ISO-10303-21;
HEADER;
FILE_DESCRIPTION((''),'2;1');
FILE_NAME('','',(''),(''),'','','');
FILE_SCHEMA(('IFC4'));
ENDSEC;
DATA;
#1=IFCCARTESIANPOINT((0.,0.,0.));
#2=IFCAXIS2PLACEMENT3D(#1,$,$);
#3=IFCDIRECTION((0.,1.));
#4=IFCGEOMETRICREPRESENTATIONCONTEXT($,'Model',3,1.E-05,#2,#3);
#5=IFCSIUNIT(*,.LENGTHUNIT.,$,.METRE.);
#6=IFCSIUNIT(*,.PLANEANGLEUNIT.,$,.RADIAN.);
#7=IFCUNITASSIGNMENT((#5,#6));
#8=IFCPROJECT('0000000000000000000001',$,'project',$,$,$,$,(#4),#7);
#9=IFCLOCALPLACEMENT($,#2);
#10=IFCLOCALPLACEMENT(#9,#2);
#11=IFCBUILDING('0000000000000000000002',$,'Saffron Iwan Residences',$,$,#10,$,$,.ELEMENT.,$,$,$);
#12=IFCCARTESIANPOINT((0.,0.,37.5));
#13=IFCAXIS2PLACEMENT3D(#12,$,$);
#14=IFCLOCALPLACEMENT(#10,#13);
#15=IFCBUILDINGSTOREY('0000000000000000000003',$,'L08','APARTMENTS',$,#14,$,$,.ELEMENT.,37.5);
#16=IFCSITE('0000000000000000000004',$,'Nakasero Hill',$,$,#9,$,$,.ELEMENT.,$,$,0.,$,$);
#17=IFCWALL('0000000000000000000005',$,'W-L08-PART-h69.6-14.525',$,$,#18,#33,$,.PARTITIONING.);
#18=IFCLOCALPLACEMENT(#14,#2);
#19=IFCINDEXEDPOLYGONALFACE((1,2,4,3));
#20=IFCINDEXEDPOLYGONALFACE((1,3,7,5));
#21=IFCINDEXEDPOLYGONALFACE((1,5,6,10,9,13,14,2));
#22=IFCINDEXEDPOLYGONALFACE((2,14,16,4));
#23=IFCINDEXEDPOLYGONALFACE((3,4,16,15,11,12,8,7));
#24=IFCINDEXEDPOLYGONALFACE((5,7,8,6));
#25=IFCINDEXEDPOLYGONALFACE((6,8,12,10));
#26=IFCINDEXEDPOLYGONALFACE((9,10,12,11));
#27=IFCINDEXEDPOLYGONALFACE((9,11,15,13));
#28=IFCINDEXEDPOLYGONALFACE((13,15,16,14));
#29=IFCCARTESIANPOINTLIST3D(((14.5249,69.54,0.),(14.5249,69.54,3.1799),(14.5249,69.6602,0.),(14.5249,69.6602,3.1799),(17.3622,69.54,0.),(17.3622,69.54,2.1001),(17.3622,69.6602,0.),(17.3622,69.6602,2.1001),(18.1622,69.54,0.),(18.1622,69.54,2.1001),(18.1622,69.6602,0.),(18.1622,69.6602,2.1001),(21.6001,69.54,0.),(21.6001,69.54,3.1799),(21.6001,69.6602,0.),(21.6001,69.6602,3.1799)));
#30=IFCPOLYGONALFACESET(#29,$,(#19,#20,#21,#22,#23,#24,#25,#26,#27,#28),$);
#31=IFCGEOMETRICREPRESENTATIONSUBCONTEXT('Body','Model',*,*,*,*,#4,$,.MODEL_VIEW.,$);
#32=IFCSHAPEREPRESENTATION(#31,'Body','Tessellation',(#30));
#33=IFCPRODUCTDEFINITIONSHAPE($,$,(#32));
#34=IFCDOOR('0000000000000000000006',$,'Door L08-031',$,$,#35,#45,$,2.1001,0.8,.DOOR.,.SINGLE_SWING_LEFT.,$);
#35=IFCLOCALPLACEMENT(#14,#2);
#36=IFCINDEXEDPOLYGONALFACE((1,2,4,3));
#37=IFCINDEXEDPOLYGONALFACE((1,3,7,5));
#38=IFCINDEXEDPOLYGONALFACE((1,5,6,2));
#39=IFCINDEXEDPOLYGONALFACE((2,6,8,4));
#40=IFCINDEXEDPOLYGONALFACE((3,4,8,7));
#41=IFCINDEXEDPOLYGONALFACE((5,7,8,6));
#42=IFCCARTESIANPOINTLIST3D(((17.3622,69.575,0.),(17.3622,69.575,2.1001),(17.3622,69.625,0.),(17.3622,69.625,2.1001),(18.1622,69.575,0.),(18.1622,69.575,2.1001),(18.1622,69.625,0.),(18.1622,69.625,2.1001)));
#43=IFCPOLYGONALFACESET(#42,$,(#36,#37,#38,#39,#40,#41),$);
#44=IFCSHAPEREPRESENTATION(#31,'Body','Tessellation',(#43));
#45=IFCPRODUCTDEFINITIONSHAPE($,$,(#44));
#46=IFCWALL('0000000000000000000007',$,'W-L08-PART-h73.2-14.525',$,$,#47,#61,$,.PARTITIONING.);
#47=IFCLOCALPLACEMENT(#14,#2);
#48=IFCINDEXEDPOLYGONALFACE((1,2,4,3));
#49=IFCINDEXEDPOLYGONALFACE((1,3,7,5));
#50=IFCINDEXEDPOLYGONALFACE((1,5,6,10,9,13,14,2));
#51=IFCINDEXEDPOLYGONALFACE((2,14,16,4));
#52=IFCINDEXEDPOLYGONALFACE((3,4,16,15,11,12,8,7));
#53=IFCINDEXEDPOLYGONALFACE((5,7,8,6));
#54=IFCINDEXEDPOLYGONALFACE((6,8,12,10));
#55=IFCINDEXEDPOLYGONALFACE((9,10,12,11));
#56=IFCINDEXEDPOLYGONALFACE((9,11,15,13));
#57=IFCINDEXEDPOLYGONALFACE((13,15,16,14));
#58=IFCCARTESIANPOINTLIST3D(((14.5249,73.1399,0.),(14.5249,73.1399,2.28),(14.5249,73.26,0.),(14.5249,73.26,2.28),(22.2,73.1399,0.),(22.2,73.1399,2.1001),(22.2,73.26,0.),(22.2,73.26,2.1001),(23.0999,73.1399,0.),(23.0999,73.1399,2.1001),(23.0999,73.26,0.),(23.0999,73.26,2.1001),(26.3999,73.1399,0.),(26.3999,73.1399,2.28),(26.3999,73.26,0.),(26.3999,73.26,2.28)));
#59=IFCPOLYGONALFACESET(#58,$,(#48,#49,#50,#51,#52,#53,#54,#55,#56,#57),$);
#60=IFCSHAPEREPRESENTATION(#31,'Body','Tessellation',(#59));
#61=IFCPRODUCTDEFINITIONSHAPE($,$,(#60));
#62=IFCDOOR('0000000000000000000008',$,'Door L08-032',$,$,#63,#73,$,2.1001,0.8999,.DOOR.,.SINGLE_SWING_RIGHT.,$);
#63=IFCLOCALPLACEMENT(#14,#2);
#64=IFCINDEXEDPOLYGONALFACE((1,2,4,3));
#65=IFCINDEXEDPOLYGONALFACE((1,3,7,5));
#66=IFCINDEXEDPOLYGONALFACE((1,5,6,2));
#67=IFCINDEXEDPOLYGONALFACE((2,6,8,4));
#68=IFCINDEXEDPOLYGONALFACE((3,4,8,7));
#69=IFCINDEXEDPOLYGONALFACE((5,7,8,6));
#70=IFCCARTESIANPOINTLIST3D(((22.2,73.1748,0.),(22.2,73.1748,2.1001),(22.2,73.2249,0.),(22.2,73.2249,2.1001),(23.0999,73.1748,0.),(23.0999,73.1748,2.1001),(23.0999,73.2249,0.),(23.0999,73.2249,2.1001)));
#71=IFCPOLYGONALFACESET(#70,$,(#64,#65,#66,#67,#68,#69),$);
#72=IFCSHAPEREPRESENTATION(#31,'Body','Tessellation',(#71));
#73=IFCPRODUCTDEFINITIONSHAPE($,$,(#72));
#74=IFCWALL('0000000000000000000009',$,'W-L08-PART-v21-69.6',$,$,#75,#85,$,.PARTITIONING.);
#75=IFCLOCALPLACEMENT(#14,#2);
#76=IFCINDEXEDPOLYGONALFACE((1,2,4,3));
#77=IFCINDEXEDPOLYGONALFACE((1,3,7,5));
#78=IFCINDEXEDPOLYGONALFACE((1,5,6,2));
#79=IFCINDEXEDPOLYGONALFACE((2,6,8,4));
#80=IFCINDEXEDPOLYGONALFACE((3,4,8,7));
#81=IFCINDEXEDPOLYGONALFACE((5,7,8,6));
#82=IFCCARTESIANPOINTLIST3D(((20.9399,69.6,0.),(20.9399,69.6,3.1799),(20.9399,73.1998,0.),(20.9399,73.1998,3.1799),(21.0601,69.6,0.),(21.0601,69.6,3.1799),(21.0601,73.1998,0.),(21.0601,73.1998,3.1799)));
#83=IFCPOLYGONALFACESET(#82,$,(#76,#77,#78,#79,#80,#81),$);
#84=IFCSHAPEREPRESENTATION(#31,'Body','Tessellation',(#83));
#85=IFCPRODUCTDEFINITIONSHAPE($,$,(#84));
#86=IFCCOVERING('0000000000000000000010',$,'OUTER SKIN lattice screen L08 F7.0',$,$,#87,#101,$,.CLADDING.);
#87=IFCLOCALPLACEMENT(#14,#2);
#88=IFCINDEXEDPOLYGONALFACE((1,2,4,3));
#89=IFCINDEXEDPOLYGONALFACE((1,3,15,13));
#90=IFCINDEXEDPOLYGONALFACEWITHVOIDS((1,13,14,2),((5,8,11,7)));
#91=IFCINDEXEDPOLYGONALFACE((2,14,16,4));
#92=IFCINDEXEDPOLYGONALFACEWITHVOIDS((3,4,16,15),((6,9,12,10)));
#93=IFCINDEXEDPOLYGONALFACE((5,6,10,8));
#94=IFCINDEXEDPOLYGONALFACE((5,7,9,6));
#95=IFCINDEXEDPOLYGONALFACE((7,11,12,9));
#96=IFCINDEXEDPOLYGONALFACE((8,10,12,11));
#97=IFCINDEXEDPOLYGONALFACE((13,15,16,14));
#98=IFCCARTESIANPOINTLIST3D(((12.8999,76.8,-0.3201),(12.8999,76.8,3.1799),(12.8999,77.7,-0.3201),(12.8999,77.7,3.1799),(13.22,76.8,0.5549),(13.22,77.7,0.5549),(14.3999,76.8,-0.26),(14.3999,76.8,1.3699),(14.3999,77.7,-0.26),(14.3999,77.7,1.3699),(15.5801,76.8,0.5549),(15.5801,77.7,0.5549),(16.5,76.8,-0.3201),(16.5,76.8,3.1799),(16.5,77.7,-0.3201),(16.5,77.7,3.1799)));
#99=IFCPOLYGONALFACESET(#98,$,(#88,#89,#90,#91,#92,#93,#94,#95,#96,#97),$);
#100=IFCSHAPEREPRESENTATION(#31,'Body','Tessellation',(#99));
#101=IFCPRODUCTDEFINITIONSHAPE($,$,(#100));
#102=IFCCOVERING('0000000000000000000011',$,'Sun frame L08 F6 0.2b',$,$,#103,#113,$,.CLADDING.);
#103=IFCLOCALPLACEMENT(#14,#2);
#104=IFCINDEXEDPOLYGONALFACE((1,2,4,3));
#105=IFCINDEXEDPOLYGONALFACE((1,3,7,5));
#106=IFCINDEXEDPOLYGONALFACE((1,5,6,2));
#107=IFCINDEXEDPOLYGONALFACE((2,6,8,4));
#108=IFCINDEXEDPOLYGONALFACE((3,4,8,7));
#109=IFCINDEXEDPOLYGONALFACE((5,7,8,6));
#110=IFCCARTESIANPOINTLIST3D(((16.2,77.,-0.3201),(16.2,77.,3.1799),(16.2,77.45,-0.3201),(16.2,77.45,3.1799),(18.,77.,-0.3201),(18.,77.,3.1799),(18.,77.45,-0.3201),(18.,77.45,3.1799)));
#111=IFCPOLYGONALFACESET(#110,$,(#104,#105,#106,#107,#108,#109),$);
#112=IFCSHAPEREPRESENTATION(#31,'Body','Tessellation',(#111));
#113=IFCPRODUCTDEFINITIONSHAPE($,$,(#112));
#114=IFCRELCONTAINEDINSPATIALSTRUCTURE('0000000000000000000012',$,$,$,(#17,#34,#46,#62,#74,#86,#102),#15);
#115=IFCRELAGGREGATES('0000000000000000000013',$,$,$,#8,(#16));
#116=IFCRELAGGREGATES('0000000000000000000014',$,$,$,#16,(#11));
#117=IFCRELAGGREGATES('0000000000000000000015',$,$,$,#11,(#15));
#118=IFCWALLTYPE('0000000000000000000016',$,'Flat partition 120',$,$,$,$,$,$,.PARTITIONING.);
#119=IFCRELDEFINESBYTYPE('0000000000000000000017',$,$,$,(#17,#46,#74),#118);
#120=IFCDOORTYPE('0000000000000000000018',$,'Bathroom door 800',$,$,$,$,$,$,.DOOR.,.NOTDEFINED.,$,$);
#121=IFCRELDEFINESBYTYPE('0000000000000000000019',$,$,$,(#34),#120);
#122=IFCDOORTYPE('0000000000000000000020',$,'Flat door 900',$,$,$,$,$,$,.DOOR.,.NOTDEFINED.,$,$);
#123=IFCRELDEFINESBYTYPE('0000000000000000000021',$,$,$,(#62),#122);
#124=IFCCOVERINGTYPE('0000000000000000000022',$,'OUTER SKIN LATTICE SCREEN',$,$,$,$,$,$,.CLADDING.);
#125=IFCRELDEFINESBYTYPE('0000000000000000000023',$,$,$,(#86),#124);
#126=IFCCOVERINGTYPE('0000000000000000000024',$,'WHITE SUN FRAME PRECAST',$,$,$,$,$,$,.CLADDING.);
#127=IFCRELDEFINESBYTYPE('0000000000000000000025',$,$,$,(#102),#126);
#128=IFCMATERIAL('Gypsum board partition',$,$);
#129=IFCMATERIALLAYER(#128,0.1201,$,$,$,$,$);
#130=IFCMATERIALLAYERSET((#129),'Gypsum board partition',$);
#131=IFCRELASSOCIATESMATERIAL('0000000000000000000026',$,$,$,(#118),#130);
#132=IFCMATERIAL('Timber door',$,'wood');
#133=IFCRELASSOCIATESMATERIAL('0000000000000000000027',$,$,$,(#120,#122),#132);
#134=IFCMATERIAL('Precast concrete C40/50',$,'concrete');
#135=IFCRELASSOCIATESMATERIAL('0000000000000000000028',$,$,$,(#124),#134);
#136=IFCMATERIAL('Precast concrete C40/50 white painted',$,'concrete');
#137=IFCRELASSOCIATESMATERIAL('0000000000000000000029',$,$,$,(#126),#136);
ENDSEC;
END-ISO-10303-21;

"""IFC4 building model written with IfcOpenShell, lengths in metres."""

from ifc_helpers import new_model, si_unit, direction, frame, frame_2d, origin, place, context, subcontext, project, spatial, polyline, rectangle, outline, extrude, material, layer, layer_set, type_object, element, fill, save


model = new_model("IFC4")

# Units and contexts
model_context = context("Model", 3, precision=1e-05, world=origin(), true_north=direction((0.0, 1.0)))
body_context = subcontext(model_context, "Body", "Model", "MODEL_VIEW")
ifc_project = project(units=[si_unit("LENGTHUNIT", "METRE"), si_unit("PLANEANGLEUNIT", "RADIAN")], contexts=[model_context])

# Site, building, storey
site_placement = place(None, origin())
site = spatial("IfcSite", under=ifc_project, at=site_placement, Name="Nakasero Hill", CompositionType="ELEMENT", RefElevation=0.0)
building_placement = place(site_placement, origin())
building = spatial("IfcBuilding", under=site, at=building_placement, Name="Saffron Iwan Residences", CompositionType="ELEMENT")
storey_placement = place(building_placement, frame((0.0, 0.0, 37.5)))
storey = spatial("IfcBuildingStorey", under=building, at=storey_placement, Name="L08", Description="APARTMENTS", CompositionType="ELEMENT", Elevation=37.5)

# Walls, openings, doors
ifc_material_1 = material(Name="Gypsum board partition")
ifc_layer_1 = layer(ifc_material_1, 0.1201)
ifc_layer_set_1 = layer_set([ifc_layer_1], Name="Gypsum board partition")
wall_type_1 = type_object("IfcWallType", Name="Flat partition 120", PredefinedType="PARTITIONING", material=ifc_layer_set_1)
wall_1_placement = place(storey_placement, frame((14.5249, 69.6001, 0.0), z_axis=(0.0, 0.0, 1.0), x_axis=(1.0, 0.0, 0.0)))
wall_1 = element("IfcWall", 1, at=wall_1_placement, inside=storey, type_object=wall_type_1, Name="W-L08-PART-h69.6-14.525", PredefinedType="PARTITIONING", context=body_context, shape_type="SweptSolid", body=[
    extrude(rectangle(XDim=7.0752, YDim=0.1201, at=frame_2d((3.5376, 0.0))), origin(), (0.0, 0.0, 1.0), 3.1799),
])
opening_1_placement = place(wall_1_placement, frame((2.8374, 0.0, 0.0)))
opening_1 = element("IfcOpeningElement", 2, at=opening_1_placement, cuts=wall_1, PredefinedType="OPENING", context=body_context, shape_type="SweptSolid", body=[
    extrude(rectangle(XDim=0.8, YDim=2.1001, at=frame_2d((0.3999, 1.05))), frame((0.0, 0.0701, 0.0), z_axis=(0.0, -1.0, 0.0), x_axis=(1.0, 0.0, 0.0)), (0.0, 0.0, 1.0), 0.1401),
])
ifc_material_2 = material(Name="Timber door", Category="wood")
door_type_1 = type_object("IfcDoorType", Name="Bathroom door 800", OperationType="NOTDEFINED", PredefinedType="DOOR", material=ifc_material_2)
door_1_placement = place(opening_1_placement, origin())
door_1 = element("IfcDoor", 3, at=door_1_placement, inside=storey, type_object=door_type_1, Name="Door L08-031", OperationType="SINGLE_SWING_LEFT", OverallHeight=2.1001, OverallWidth=0.8, PredefinedType="DOOR", context=body_context, shape_type="SweptSolid", body=[
    extrude(rectangle(XDim=0.8, YDim=2.1001, at=frame_2d((0.3999, 1.05))), frame((0.0, 0.0249, 0.0), z_axis=(0.0, -1.0, 0.0), x_axis=(1.0, 0.0, 0.0)), (0.0, 0.0, 1.0), 0.05),
])
fill(opening_1, door_1)
wall_2_placement = place(storey_placement, frame((14.5249, 73.2, 0.0), z_axis=(0.0, 0.0, 1.0), x_axis=(1.0, 0.0, 0.0)))
wall_2 = element("IfcWall", 4, at=wall_2_placement, inside=storey, type_object=wall_type_1, Name="W-L08-PART-h73.2-14.525", PredefinedType="PARTITIONING", context=body_context, shape_type="SweptSolid", body=[
    extrude(rectangle(XDim=11.875, YDim=0.1201, at=frame_2d((5.9375, 0.0))), origin(), (0.0, 0.0, 1.0), 2.28),
])
opening_2_placement = place(wall_2_placement, frame((7.675, 0.0, 0.0)))
opening_2 = element("IfcOpeningElement", 5, at=opening_2_placement, cuts=wall_2, PredefinedType="OPENING", context=body_context, shape_type="SweptSolid", body=[
    extrude(rectangle(XDim=0.8999, YDim=2.1001, at=frame_2d((0.45, 1.05))), frame((0.0, 0.0701, 0.0), z_axis=(0.0, -1.0, 0.0), x_axis=(1.0, 0.0, 0.0)), (0.0, 0.0, 1.0), 0.1401),
])
door_type_2 = type_object("IfcDoorType", Name="Flat door 900", OperationType="NOTDEFINED", PredefinedType="DOOR", material=ifc_material_2)
door_2_placement = place(opening_2_placement, origin())
door_2 = element("IfcDoor", 6, at=door_2_placement, inside=storey, type_object=door_type_2, Name="Door L08-032", OperationType="SINGLE_SWING_RIGHT", OverallHeight=2.1001, OverallWidth=0.8999, PredefinedType="DOOR", context=body_context, shape_type="SweptSolid", body=[
    extrude(rectangle(XDim=0.8999, YDim=2.1001, at=frame_2d((0.45, 1.05))), frame((0.0, 0.0249, 0.0), z_axis=(0.0, -1.0, 0.0), x_axis=(1.0, 0.0, 0.0)), (0.0, 0.0, 1.0), 0.05),
])
fill(opening_2, door_2)

# Wall
wall_3_placement = place(storey_placement, frame((21.0, 69.6001, 0.0), z_axis=(0.0, 0.0, 1.0), x_axis=(0.0, 1.0, 0.0)))
element("IfcWall", 7, at=wall_3_placement, inside=storey, type_object=wall_type_1, Name="W-L08-PART-v21-69.6", PredefinedType="PARTITIONING", context=body_context, shape_type="SweptSolid", body=[
    extrude(rectangle(XDim=3.5999, YDim=0.1201, at=frame_2d((1.7998, 0.0))), origin(), (0.0, 0.0, 1.0), 3.1799),
])

# Coverings
ifc_material_3 = material(Name="Precast concrete C40/50", Category="concrete")
covering_type_1 = type_object("IfcCoveringType", Name="OUTER SKIN LATTICE SCREEN", PredefinedType="CLADDING", material=ifc_material_3)
covering_1_placement = place(storey_placement, frame((16.5, 76.8, -0.3201), z_axis=(0.0, 1.0, 0.0), x_axis=(-1.0, 0.0, 0.0)))
element("IfcCovering", 8, at=covering_1_placement, inside=storey, type_object=covering_type_1, Name="OUTER SKIN lattice screen L08 F7.0", PredefinedType="CLADDING", context=body_context, shape_type="SweptSolid", body=[
    extrude(outline(polyline([(0.0, 0.0), (3.6001, 0.0), (3.6001, 3.5), (0.0, 3.5), (0.0, 0.0)]), holes=[polyline([(0.9199, 0.875), (2.1001, 0.0601), (3.28, 0.875), (2.1001, 1.6899), (0.9199, 0.875)])]), origin(), (0.0, 0.0, 1.0), 0.8999),
])
ifc_material_4 = material(Name="Precast concrete C40/50 white painted", Category="concrete")
covering_type_2 = type_object("IfcCoveringType", Name="WHITE SUN FRAME PRECAST", PredefinedType="CLADDING", material=ifc_material_4)
covering_2_placement = place(storey_placement, frame((18.0, 77.45, -0.3201), z_axis=(-1.0, 0.0, 0.0), x_axis=(0.0, -1.0, 0.0)))
element("IfcCovering", 9, at=covering_2_placement, inside=storey, type_object=covering_type_2, Name="Sun frame L08 F6 0.2b", PredefinedType="CLADDING", context=body_context, shape_type="SweptSolid", body=[
    extrude(outline(polyline([(0.0, 0.0), (0.45, 0.0), (0.45, 3.5), (0.0, 3.5), (0.0, 0.0)])), origin(), (0.0, 0.0, 1.0), 1.8),
])

save(model, "model.ifc")
